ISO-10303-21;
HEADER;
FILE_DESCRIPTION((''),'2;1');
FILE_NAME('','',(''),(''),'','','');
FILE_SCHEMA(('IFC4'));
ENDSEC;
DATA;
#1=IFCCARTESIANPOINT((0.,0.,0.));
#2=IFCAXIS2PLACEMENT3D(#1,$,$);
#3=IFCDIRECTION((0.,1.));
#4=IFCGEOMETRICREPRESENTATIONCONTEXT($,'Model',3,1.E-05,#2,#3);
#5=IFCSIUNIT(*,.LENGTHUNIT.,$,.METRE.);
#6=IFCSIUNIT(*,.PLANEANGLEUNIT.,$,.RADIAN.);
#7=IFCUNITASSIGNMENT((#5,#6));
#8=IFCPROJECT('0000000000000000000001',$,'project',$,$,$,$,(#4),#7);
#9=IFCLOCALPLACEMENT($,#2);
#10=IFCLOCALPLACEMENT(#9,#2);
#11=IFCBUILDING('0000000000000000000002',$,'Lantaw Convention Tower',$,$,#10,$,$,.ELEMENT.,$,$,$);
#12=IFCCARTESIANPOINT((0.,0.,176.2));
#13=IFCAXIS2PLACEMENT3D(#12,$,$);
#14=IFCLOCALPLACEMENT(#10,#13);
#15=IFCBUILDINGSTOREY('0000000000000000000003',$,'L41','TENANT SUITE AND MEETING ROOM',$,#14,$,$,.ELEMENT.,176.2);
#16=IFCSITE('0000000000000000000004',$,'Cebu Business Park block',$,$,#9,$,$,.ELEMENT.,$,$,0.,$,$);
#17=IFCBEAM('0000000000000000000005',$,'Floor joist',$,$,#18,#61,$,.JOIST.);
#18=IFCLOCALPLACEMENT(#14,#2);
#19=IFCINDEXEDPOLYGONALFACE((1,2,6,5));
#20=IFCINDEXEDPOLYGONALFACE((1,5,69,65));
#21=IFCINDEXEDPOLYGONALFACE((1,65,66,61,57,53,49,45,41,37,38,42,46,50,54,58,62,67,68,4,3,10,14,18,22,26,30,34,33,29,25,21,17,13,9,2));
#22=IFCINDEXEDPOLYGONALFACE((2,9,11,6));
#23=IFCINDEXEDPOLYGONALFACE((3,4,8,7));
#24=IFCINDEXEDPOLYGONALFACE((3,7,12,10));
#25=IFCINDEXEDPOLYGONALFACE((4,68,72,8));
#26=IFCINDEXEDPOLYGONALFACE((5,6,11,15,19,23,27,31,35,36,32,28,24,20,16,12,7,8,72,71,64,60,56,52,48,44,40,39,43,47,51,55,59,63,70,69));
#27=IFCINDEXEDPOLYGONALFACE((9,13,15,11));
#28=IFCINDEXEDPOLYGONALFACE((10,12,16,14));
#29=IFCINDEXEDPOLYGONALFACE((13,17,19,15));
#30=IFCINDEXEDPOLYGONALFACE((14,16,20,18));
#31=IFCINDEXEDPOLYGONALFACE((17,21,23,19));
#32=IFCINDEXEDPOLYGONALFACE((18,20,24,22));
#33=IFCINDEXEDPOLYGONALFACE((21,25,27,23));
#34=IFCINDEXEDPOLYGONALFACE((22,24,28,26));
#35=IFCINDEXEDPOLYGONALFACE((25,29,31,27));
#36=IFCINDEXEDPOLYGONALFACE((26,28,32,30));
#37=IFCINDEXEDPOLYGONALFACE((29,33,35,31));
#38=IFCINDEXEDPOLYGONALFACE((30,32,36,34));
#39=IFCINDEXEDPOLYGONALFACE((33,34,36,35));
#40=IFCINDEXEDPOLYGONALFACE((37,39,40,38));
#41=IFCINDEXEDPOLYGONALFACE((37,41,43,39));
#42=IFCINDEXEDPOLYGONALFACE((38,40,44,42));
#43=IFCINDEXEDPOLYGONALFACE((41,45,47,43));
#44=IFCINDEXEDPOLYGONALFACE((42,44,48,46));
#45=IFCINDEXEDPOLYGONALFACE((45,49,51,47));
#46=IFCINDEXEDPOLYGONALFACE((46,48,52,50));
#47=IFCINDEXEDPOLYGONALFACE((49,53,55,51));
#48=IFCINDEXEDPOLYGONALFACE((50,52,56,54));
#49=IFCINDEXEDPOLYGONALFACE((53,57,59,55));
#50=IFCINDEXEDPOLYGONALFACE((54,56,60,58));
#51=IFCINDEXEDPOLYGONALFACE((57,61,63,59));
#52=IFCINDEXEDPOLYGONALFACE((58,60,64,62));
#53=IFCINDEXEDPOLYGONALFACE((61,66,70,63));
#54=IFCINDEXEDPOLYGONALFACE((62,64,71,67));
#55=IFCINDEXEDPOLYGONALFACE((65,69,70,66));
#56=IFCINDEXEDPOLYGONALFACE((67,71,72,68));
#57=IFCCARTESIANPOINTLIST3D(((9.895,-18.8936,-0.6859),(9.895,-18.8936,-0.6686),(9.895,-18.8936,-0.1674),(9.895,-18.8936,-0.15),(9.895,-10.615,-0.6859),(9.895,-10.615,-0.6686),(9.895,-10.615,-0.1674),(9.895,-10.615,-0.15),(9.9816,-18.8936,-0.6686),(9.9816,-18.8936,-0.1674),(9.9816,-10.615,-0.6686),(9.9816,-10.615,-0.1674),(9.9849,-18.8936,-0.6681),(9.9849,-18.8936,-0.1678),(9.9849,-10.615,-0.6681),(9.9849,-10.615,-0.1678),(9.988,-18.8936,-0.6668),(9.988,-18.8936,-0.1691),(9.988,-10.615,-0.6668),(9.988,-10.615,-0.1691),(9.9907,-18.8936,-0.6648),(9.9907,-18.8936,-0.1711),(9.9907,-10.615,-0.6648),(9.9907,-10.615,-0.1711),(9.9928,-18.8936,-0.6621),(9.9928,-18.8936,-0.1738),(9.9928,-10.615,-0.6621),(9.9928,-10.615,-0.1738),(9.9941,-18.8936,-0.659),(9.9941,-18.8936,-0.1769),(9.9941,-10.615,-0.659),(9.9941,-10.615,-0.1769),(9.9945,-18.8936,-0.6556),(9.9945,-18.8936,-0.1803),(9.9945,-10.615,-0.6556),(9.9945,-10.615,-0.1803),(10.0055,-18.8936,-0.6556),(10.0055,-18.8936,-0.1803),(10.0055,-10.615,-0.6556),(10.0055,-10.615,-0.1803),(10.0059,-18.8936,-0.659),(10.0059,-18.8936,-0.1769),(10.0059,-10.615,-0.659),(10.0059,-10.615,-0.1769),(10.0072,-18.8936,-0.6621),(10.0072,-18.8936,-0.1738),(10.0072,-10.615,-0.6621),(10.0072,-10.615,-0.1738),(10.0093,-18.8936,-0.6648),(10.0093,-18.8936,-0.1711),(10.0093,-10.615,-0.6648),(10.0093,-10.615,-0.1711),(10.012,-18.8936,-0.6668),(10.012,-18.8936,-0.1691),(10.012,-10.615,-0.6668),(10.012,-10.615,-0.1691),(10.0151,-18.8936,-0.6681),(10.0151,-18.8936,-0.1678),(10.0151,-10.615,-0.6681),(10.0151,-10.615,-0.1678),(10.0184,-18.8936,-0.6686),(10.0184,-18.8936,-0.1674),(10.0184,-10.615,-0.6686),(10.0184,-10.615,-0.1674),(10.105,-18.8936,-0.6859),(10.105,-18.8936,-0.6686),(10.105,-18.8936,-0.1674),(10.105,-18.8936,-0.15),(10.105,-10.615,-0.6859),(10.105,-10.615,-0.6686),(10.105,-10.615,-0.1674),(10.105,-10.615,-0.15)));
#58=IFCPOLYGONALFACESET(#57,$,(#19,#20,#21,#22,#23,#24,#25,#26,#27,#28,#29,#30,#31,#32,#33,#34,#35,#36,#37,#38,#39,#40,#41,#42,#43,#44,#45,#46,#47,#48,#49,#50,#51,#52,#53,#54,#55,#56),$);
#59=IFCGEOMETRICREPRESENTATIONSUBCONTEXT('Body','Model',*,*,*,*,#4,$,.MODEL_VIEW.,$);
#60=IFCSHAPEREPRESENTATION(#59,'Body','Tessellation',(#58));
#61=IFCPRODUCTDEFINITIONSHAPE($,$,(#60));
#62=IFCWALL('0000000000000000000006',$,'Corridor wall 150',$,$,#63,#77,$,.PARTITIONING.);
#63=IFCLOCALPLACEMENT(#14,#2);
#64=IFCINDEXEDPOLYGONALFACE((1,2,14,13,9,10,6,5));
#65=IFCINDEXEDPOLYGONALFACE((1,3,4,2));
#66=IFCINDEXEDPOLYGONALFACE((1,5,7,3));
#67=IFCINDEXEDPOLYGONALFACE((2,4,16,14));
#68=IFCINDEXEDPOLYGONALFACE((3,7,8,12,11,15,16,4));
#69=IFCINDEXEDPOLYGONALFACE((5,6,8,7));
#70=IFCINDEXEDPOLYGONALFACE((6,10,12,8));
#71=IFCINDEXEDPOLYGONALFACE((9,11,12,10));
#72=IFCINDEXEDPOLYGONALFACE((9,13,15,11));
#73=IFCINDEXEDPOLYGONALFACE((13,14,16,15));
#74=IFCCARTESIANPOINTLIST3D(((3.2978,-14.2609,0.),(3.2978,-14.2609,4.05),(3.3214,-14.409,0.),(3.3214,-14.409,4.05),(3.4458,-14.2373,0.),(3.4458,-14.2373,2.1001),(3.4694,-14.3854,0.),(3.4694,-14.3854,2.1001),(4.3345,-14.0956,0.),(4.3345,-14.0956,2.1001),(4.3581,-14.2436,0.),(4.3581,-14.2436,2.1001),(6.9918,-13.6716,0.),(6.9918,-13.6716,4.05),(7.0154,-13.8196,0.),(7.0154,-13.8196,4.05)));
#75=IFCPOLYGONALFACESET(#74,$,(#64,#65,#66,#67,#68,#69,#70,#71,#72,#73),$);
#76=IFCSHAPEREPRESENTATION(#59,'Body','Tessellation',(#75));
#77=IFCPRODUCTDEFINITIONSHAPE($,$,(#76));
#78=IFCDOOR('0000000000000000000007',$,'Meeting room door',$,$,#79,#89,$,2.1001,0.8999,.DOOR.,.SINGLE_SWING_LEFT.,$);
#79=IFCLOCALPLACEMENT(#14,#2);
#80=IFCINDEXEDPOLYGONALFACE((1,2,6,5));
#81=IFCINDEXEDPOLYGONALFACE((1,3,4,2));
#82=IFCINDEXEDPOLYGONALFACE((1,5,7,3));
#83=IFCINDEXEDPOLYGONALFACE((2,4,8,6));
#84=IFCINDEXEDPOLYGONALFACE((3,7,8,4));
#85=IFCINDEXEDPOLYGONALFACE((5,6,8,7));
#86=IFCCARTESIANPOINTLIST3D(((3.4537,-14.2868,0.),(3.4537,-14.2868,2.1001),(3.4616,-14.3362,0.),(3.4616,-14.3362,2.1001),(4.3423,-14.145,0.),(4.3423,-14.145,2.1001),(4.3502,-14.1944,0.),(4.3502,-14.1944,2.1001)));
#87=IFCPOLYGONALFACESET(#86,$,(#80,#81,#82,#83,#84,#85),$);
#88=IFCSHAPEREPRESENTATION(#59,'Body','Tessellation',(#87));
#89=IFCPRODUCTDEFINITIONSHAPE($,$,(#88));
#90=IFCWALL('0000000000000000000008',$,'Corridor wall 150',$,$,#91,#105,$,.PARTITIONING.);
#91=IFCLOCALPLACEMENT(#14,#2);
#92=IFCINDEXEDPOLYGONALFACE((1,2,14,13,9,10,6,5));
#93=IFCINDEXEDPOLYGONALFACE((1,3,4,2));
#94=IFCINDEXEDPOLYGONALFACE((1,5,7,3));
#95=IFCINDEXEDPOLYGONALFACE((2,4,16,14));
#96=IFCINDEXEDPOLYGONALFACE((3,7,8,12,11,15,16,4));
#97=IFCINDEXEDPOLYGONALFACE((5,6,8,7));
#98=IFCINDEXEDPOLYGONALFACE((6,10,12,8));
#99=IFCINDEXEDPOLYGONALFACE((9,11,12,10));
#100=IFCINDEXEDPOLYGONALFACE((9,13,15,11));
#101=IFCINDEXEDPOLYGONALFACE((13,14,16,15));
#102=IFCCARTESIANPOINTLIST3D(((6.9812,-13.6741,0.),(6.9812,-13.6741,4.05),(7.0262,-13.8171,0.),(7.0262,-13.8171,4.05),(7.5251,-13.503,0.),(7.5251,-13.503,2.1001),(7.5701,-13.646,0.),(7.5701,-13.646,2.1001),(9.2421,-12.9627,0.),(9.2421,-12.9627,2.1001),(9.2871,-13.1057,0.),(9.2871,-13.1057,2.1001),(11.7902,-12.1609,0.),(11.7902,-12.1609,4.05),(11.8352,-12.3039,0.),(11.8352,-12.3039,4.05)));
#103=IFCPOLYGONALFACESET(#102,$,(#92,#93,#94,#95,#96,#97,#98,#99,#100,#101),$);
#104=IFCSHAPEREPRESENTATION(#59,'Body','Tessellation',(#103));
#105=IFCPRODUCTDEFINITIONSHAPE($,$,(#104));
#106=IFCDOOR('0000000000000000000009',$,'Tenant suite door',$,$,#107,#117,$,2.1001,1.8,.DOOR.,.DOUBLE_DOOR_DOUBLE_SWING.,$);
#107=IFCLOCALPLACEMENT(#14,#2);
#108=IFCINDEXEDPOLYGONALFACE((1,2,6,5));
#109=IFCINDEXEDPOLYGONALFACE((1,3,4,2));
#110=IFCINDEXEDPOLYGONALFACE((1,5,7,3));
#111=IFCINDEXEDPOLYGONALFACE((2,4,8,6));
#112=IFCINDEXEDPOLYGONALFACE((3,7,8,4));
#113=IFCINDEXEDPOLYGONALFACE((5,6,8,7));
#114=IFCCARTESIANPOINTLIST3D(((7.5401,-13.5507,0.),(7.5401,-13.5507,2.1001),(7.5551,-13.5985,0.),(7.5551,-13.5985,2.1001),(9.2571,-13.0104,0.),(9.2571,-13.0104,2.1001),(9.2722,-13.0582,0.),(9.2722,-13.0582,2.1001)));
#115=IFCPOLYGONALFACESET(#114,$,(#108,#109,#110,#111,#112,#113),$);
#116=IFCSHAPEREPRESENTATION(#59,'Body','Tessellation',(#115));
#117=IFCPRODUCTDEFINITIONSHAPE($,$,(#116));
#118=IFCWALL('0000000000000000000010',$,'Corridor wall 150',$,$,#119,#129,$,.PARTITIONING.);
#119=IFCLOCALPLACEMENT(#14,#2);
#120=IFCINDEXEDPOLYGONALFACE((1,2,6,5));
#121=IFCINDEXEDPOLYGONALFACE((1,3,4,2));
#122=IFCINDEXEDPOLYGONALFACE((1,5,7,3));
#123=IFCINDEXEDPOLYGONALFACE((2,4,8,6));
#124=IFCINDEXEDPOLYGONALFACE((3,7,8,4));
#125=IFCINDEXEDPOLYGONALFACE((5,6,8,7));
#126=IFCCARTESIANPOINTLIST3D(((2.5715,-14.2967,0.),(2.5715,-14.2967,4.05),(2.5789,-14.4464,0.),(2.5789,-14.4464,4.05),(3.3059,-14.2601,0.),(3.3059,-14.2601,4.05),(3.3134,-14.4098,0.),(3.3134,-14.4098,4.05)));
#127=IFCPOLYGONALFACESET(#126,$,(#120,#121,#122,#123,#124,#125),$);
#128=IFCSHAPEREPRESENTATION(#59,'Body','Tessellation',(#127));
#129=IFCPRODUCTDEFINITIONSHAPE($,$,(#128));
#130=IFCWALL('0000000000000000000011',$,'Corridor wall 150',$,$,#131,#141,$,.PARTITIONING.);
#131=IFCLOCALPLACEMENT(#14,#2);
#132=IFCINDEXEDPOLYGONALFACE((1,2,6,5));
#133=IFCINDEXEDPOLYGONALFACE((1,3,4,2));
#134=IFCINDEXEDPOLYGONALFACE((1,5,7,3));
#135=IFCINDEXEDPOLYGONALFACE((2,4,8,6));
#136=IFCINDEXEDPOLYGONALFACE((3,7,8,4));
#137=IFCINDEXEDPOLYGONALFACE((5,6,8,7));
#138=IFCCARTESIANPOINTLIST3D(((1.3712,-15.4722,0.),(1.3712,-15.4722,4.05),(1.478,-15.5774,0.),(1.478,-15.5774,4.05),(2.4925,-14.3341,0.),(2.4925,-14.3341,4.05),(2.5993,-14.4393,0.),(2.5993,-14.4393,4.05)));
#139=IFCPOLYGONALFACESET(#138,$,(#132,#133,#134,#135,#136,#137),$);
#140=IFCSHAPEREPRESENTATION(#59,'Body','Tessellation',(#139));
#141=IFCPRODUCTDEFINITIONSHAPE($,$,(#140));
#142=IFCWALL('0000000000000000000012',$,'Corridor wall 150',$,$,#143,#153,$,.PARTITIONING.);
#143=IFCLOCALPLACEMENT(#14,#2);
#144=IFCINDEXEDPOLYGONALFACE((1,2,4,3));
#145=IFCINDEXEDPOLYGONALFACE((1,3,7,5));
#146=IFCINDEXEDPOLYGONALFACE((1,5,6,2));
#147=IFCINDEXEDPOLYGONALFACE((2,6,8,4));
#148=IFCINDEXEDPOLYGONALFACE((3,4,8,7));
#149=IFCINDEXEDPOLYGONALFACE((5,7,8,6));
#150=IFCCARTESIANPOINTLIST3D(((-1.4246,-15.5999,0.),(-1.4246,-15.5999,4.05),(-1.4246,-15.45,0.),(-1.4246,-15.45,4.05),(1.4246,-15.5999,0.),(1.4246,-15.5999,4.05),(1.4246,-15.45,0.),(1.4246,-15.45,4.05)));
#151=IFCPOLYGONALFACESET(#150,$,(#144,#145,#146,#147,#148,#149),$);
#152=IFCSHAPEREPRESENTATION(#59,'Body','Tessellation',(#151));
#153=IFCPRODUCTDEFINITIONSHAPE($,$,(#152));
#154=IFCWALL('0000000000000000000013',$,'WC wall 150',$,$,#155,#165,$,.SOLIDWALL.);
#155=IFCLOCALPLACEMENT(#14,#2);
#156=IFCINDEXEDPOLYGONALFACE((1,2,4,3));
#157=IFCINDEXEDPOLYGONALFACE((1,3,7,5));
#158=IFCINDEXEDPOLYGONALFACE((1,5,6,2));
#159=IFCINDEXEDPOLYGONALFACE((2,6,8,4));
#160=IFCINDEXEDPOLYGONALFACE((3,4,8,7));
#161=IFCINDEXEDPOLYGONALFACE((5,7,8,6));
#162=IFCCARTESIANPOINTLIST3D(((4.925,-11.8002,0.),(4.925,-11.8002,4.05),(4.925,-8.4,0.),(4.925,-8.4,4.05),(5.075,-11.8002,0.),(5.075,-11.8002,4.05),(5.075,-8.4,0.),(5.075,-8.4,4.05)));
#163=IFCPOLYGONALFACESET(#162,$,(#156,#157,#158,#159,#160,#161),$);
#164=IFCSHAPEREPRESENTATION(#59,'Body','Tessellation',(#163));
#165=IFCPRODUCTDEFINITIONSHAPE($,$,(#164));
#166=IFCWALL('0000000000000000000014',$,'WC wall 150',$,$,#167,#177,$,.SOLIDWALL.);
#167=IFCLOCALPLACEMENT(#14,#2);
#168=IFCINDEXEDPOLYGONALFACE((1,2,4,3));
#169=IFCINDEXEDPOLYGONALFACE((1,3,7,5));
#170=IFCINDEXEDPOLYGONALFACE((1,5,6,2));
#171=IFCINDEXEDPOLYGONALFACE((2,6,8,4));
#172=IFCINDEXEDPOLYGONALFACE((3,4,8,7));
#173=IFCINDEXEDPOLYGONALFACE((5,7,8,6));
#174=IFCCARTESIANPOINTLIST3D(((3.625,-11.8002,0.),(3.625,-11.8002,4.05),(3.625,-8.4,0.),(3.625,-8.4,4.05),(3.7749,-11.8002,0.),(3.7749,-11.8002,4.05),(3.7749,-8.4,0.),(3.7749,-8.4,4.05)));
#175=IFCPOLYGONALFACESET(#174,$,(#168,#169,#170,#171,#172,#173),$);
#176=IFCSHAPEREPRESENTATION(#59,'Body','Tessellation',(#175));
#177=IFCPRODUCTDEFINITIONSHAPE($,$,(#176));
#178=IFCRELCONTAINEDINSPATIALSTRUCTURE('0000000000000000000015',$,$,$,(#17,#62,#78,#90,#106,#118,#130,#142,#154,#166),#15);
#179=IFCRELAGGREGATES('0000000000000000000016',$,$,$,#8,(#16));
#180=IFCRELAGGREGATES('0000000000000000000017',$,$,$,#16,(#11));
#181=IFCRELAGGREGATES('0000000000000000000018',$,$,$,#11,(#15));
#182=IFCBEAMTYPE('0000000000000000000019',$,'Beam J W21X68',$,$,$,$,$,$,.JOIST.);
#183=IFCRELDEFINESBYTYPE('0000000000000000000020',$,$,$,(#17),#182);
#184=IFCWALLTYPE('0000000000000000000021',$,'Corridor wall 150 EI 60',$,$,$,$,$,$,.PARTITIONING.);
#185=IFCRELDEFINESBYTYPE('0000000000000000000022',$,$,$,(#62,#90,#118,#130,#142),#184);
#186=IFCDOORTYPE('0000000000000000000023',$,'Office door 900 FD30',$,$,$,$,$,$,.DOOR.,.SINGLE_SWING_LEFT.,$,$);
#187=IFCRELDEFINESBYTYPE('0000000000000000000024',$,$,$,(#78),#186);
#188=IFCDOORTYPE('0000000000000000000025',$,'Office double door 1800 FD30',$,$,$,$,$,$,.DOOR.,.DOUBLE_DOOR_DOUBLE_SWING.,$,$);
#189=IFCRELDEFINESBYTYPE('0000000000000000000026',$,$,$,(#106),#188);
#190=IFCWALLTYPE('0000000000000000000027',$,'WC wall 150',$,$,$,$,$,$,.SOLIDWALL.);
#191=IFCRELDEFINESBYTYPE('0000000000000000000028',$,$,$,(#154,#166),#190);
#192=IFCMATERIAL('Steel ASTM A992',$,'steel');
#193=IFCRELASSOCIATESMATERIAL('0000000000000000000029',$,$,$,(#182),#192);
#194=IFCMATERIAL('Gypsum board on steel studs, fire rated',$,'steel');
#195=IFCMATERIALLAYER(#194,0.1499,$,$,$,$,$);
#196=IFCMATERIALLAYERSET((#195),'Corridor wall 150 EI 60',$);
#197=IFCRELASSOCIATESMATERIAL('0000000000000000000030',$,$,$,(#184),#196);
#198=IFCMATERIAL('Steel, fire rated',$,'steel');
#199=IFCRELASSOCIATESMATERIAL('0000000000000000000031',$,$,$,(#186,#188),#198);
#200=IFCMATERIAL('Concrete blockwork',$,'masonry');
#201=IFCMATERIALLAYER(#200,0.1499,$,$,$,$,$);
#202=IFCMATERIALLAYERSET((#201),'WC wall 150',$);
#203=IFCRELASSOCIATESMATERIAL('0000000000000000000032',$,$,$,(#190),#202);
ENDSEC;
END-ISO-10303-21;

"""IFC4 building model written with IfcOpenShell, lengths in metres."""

from ifc_helpers import new_model, si_unit, direction, frame, frame_2d, origin, origin_2d, place, context, subcontext, project, spatial, rectangle, i_section, extrude, material, layer, layer_set, material_profile, profile_set, type_object, element, fill, save


model = new_model("IFC4")

# Units and contexts
model_context = context("Model", 3, precision=1e-05, world=origin(), true_north=direction((0.0, 1.0)))
body_context = subcontext(model_context, "Body", "Model", "MODEL_VIEW")
ifc_project = project(units=[si_unit("LENGTHUNIT", "METRE"), si_unit("PLANEANGLEUNIT", "RADIAN")], contexts=[model_context])

# Site, building, storey
site_placement = place(None, origin())
site = spatial("IfcSite", under=ifc_project, at=site_placement, Name="Cebu Business Park block", CompositionType="ELEMENT", RefElevation=0.0)
building_placement = place(site_placement, origin())
building = spatial("IfcBuilding", under=site, at=building_placement, Name="Lantaw Convention Tower", CompositionType="ELEMENT")
storey_placement = place(building_placement, frame((0.0, 0.0, 176.2)))
storey = spatial("IfcBuildingStorey", under=building, at=storey_placement, Name="L41", Description="TENANT SUITE AND MEETING ROOM", CompositionType="ELEMENT", Elevation=176.2)

# Beam
ifc_material_1 = material(Name="Steel ASTM A992", Category="steel")
ifc_material_profile_1 = material_profile(ifc_material_1, i_section(OverallWidth=0.21, OverallDepth=0.5359, WebThickness=0.011, FlangeThickness=0.0173, FilletRadius=0.0129, at=origin_2d()), Name="W21X68")
ifc_profile_set_1 = profile_set([ifc_material_profile_1], Name="Steel ASTM A992")
beam_type_1 = type_object("IfcBeamType", Name="Beam J W21X68", PredefinedType="JOIST", material=ifc_profile_set_1)
beam_1_placement = place(storey_placement, frame((10.0, -18.8936, -0.418), z_axis=(0.0, 1.0, 0.0), x_axis=(-1.0, 0.0, 0.0)))
element("IfcBeam", 1, at=beam_1_placement, inside=storey, type_object=beam_type_1, Name="Floor joist", PredefinedType="JOIST", context=body_context, shape_type="SweptSolid", body=[
    extrude(i_section(OverallWidth=0.21, OverallDepth=0.5359, WebThickness=0.011, FlangeThickness=0.0173, FilletRadius=0.0129, at=origin_2d()), origin(), (0.0, 0.0, 1.0), 8.2786),
])

# Walls, openings, doors
ifc_material_2 = material(Name="Gypsum board on steel studs, fire rated", Category="steel")
ifc_layer_1 = layer(ifc_material_2, 0.1499)
ifc_layer_set_1 = layer_set([ifc_layer_1], Name="Corridor wall 150 EI 60")
wall_type_1 = type_object("IfcWallType", Name="Corridor wall 150 EI 60", PredefinedType="PARTITIONING", material=ifc_layer_set_1)
wall_1_placement = place(storey_placement, frame((3.3096, -14.335, 0.0), z_axis=(0.0, 0.0, 1.0), x_axis=(0.987511, 0.157548, 0.0)))
wall_1 = element("IfcWall", 2, at=wall_1_placement, inside=storey, type_object=wall_type_1, Name="Corridor wall 150", PredefinedType="PARTITIONING", context=body_context, shape_type="SweptSolid", body=[
    extrude(rectangle(XDim=3.7407, YDim=0.1499, at=frame_2d((1.8704, 0.0))), origin(), (0.0, 0.0, 1.0), 4.05),
])
opening_1_placement = place(wall_1_placement, frame((0.1499, 0.0, 0.0)))
opening_1 = element("IfcOpeningElement", 3, at=opening_1_placement, cuts=wall_1, PredefinedType="OPENING", context=body_context, shape_type="SweptSolid", body=[
    extrude(rectangle(XDim=0.8999, YDim=2.1001, at=frame_2d((0.45, 1.05))), frame((0.0, 0.085, 0.0), z_axis=(0.0, -1.0, 0.0), x_axis=(1.0, 0.0, 0.0)), (0.0, 0.0, 1.0), 0.1699),
])
ifc_material_3 = material(Name="Steel, fire rated", Category="steel")
door_type_1 = type_object("IfcDoorType", Name="Office door 900 FD30", OperationType="SINGLE_SWING_LEFT", PredefinedType="DOOR", material=ifc_material_3)
door_1_placement = place(opening_1_placement, origin())
door_1 = element("IfcDoor", 4, at=door_1_placement, inside=storey, type_object=door_type_1, Name="Meeting room door", OperationType="SINGLE_SWING_LEFT", OverallHeight=2.1001, OverallWidth=0.8999, PredefinedType="DOOR", context=body_context, shape_type="SweptSolid", body=[
    extrude(rectangle(XDim=0.8999, YDim=2.1001, at=frame_2d((0.45, 1.05))), frame((0.0, 0.0249, 0.0), z_axis=(0.0, -1.0, 0.0), x_axis=(1.0, 0.0, 0.0)), (0.0, 0.0, 1.0), 0.05),
])
fill(opening_1, door_1)
wall_2_placement = place(storey_placement, frame((7.0037, -13.7456, 0.0), z_axis=(0.0, 0.0, 1.0), x_axis=(0.953894, 0.300144, 0.0)))
wall_2 = element("IfcWall", 5, at=wall_2_placement, inside=storey, type_object=wall_type_1, Name="Corridor wall 150", PredefinedType="PARTITIONING", context=body_context, shape_type="SweptSolid", body=[
    extrude(rectangle(XDim=5.0415, YDim=0.1499, at=frame_2d((2.5208, 0.0))), origin(), (0.0, 0.0, 1.0), 4.05),
])
opening_2_placement = place(wall_2_placement, frame((0.5703, 0.0, 0.0)))
opening_2 = element("IfcOpeningElement", 6, at=opening_2_placement, cuts=wall_2, PredefinedType="OPENING", context=body_context, shape_type="SweptSolid", body=[
    extrude(rectangle(XDim=1.8, YDim=2.1001, at=frame_2d((0.8999, 1.05))), frame((0.0, 0.085, 0.0), z_axis=(0.0, -1.0, 0.0), x_axis=(1.0, 0.0, 0.0)), (0.0, 0.0, 1.0), 0.1699),
])
door_type_2 = type_object("IfcDoorType", Name="Office double door 1800 FD30", OperationType="DOUBLE_DOOR_DOUBLE_SWING", PredefinedType="DOOR", material=ifc_material_3)
door_2_placement = place(opening_2_placement, origin())
door_2 = element("IfcDoor", 7, at=door_2_placement, inside=storey, type_object=door_type_2, Name="Tenant suite door", OperationType="DOUBLE_DOOR_DOUBLE_SWING", OverallHeight=2.1001, OverallWidth=1.8, PredefinedType="DOOR", context=body_context, shape_type="SweptSolid", body=[
    extrude(rectangle(XDim=1.8, YDim=2.1001, at=frame_2d((0.8999, 1.05))), frame((0.0, 0.0249, 0.0), z_axis=(0.0, -1.0, 0.0), x_axis=(1.0, 0.0, 0.0)), (0.0, 0.0, 1.0), 0.05),
])
fill(opening_2, door_2)

# Walls
wall_3_placement = place(storey_placement, frame((2.5752, -14.3716, 0.0), z_axis=(0.0, 0.0, 1.0), x_axis=(0.998759, 0.049805, 0.0)))
element("IfcWall", 8, at=wall_3_placement, inside=storey, type_object=wall_type_1, Name="Corridor wall 150", PredefinedType="PARTITIONING", context=body_context, shape_type="SweptSolid", body=[
    extrude(rectangle(XDim=0.7354, YDim=0.1499, at=frame_2d((0.3677, 0.0))), origin(), (0.0, 0.0, 1.0), 4.05),
])
wall_4_placement = place(storey_placement, frame((2.5459, -14.3867, 0.0), z_axis=(0.0, 0.0, 1.0), x_axis=(-0.701815, -0.712359, 0.0)))
element("IfcWall", 9, at=wall_4_placement, inside=storey, type_object=wall_type_1, Name="Corridor wall 150", PredefinedType="PARTITIONING", context=body_context, shape_type="SweptSolid", body=[
    extrude(rectangle(XDim=1.5977, YDim=0.1499, at=frame_2d((0.7988, 0.0))), origin(), (0.0, 0.0, 1.0), 4.05),
])
wall_5_placement = place(storey_placement, frame((1.4246, -15.5249, 0.0), z_axis=(0.0, 0.0, 1.0), x_axis=(-1.0, 0.0, 0.0)))
element("IfcWall", 10, at=wall_5_placement, inside=storey, type_object=wall_type_1, Name="Corridor wall 150", PredefinedType="PARTITIONING", context=body_context, shape_type="SweptSolid", body=[
    extrude(rectangle(XDim=2.8491, YDim=0.1499, at=frame_2d((1.4246, 0.0))), origin(), (0.0, 0.0, 1.0), 4.05),
])
ifc_material_4 = material(Name="Concrete blockwork", Category="masonry")
ifc_layer_2 = layer(ifc_material_4, 0.1499)
ifc_layer_set_2 = layer_set([ifc_layer_2], Name="WC wall 150")
wall_type_2 = type_object("IfcWallType", Name="WC wall 150", PredefinedType="SOLIDWALL", material=ifc_layer_set_2)
for number, where, z_axis, x_axis, name in (
    (11, (5.0, -8.3999, 0.0), (0.0, 0.0, 1.0), (0.0, -1.0, 0.0), "WC wall 150"),
    (12, (3.7, -8.3999, 0.0), (0.0, 0.0, 1.0), (0.0, -1.0, 0.0), "WC wall 150"),
):
    element("IfcWall", number, at=place(storey_placement, frame(where, z_axis=z_axis, x_axis=x_axis)), inside=storey, type_object=wall_type_2, Name=name, PredefinedType="SOLIDWALL", context=body_context, shape_type="SweptSolid", body=[
        extrude(rectangle(XDim=3.4001, YDim=0.1499, at=frame_2d((1.7002, 0.0))), origin(), (0.0, 0.0, 1.0), 4.05),
    ])

save(model, "model.ifc")
